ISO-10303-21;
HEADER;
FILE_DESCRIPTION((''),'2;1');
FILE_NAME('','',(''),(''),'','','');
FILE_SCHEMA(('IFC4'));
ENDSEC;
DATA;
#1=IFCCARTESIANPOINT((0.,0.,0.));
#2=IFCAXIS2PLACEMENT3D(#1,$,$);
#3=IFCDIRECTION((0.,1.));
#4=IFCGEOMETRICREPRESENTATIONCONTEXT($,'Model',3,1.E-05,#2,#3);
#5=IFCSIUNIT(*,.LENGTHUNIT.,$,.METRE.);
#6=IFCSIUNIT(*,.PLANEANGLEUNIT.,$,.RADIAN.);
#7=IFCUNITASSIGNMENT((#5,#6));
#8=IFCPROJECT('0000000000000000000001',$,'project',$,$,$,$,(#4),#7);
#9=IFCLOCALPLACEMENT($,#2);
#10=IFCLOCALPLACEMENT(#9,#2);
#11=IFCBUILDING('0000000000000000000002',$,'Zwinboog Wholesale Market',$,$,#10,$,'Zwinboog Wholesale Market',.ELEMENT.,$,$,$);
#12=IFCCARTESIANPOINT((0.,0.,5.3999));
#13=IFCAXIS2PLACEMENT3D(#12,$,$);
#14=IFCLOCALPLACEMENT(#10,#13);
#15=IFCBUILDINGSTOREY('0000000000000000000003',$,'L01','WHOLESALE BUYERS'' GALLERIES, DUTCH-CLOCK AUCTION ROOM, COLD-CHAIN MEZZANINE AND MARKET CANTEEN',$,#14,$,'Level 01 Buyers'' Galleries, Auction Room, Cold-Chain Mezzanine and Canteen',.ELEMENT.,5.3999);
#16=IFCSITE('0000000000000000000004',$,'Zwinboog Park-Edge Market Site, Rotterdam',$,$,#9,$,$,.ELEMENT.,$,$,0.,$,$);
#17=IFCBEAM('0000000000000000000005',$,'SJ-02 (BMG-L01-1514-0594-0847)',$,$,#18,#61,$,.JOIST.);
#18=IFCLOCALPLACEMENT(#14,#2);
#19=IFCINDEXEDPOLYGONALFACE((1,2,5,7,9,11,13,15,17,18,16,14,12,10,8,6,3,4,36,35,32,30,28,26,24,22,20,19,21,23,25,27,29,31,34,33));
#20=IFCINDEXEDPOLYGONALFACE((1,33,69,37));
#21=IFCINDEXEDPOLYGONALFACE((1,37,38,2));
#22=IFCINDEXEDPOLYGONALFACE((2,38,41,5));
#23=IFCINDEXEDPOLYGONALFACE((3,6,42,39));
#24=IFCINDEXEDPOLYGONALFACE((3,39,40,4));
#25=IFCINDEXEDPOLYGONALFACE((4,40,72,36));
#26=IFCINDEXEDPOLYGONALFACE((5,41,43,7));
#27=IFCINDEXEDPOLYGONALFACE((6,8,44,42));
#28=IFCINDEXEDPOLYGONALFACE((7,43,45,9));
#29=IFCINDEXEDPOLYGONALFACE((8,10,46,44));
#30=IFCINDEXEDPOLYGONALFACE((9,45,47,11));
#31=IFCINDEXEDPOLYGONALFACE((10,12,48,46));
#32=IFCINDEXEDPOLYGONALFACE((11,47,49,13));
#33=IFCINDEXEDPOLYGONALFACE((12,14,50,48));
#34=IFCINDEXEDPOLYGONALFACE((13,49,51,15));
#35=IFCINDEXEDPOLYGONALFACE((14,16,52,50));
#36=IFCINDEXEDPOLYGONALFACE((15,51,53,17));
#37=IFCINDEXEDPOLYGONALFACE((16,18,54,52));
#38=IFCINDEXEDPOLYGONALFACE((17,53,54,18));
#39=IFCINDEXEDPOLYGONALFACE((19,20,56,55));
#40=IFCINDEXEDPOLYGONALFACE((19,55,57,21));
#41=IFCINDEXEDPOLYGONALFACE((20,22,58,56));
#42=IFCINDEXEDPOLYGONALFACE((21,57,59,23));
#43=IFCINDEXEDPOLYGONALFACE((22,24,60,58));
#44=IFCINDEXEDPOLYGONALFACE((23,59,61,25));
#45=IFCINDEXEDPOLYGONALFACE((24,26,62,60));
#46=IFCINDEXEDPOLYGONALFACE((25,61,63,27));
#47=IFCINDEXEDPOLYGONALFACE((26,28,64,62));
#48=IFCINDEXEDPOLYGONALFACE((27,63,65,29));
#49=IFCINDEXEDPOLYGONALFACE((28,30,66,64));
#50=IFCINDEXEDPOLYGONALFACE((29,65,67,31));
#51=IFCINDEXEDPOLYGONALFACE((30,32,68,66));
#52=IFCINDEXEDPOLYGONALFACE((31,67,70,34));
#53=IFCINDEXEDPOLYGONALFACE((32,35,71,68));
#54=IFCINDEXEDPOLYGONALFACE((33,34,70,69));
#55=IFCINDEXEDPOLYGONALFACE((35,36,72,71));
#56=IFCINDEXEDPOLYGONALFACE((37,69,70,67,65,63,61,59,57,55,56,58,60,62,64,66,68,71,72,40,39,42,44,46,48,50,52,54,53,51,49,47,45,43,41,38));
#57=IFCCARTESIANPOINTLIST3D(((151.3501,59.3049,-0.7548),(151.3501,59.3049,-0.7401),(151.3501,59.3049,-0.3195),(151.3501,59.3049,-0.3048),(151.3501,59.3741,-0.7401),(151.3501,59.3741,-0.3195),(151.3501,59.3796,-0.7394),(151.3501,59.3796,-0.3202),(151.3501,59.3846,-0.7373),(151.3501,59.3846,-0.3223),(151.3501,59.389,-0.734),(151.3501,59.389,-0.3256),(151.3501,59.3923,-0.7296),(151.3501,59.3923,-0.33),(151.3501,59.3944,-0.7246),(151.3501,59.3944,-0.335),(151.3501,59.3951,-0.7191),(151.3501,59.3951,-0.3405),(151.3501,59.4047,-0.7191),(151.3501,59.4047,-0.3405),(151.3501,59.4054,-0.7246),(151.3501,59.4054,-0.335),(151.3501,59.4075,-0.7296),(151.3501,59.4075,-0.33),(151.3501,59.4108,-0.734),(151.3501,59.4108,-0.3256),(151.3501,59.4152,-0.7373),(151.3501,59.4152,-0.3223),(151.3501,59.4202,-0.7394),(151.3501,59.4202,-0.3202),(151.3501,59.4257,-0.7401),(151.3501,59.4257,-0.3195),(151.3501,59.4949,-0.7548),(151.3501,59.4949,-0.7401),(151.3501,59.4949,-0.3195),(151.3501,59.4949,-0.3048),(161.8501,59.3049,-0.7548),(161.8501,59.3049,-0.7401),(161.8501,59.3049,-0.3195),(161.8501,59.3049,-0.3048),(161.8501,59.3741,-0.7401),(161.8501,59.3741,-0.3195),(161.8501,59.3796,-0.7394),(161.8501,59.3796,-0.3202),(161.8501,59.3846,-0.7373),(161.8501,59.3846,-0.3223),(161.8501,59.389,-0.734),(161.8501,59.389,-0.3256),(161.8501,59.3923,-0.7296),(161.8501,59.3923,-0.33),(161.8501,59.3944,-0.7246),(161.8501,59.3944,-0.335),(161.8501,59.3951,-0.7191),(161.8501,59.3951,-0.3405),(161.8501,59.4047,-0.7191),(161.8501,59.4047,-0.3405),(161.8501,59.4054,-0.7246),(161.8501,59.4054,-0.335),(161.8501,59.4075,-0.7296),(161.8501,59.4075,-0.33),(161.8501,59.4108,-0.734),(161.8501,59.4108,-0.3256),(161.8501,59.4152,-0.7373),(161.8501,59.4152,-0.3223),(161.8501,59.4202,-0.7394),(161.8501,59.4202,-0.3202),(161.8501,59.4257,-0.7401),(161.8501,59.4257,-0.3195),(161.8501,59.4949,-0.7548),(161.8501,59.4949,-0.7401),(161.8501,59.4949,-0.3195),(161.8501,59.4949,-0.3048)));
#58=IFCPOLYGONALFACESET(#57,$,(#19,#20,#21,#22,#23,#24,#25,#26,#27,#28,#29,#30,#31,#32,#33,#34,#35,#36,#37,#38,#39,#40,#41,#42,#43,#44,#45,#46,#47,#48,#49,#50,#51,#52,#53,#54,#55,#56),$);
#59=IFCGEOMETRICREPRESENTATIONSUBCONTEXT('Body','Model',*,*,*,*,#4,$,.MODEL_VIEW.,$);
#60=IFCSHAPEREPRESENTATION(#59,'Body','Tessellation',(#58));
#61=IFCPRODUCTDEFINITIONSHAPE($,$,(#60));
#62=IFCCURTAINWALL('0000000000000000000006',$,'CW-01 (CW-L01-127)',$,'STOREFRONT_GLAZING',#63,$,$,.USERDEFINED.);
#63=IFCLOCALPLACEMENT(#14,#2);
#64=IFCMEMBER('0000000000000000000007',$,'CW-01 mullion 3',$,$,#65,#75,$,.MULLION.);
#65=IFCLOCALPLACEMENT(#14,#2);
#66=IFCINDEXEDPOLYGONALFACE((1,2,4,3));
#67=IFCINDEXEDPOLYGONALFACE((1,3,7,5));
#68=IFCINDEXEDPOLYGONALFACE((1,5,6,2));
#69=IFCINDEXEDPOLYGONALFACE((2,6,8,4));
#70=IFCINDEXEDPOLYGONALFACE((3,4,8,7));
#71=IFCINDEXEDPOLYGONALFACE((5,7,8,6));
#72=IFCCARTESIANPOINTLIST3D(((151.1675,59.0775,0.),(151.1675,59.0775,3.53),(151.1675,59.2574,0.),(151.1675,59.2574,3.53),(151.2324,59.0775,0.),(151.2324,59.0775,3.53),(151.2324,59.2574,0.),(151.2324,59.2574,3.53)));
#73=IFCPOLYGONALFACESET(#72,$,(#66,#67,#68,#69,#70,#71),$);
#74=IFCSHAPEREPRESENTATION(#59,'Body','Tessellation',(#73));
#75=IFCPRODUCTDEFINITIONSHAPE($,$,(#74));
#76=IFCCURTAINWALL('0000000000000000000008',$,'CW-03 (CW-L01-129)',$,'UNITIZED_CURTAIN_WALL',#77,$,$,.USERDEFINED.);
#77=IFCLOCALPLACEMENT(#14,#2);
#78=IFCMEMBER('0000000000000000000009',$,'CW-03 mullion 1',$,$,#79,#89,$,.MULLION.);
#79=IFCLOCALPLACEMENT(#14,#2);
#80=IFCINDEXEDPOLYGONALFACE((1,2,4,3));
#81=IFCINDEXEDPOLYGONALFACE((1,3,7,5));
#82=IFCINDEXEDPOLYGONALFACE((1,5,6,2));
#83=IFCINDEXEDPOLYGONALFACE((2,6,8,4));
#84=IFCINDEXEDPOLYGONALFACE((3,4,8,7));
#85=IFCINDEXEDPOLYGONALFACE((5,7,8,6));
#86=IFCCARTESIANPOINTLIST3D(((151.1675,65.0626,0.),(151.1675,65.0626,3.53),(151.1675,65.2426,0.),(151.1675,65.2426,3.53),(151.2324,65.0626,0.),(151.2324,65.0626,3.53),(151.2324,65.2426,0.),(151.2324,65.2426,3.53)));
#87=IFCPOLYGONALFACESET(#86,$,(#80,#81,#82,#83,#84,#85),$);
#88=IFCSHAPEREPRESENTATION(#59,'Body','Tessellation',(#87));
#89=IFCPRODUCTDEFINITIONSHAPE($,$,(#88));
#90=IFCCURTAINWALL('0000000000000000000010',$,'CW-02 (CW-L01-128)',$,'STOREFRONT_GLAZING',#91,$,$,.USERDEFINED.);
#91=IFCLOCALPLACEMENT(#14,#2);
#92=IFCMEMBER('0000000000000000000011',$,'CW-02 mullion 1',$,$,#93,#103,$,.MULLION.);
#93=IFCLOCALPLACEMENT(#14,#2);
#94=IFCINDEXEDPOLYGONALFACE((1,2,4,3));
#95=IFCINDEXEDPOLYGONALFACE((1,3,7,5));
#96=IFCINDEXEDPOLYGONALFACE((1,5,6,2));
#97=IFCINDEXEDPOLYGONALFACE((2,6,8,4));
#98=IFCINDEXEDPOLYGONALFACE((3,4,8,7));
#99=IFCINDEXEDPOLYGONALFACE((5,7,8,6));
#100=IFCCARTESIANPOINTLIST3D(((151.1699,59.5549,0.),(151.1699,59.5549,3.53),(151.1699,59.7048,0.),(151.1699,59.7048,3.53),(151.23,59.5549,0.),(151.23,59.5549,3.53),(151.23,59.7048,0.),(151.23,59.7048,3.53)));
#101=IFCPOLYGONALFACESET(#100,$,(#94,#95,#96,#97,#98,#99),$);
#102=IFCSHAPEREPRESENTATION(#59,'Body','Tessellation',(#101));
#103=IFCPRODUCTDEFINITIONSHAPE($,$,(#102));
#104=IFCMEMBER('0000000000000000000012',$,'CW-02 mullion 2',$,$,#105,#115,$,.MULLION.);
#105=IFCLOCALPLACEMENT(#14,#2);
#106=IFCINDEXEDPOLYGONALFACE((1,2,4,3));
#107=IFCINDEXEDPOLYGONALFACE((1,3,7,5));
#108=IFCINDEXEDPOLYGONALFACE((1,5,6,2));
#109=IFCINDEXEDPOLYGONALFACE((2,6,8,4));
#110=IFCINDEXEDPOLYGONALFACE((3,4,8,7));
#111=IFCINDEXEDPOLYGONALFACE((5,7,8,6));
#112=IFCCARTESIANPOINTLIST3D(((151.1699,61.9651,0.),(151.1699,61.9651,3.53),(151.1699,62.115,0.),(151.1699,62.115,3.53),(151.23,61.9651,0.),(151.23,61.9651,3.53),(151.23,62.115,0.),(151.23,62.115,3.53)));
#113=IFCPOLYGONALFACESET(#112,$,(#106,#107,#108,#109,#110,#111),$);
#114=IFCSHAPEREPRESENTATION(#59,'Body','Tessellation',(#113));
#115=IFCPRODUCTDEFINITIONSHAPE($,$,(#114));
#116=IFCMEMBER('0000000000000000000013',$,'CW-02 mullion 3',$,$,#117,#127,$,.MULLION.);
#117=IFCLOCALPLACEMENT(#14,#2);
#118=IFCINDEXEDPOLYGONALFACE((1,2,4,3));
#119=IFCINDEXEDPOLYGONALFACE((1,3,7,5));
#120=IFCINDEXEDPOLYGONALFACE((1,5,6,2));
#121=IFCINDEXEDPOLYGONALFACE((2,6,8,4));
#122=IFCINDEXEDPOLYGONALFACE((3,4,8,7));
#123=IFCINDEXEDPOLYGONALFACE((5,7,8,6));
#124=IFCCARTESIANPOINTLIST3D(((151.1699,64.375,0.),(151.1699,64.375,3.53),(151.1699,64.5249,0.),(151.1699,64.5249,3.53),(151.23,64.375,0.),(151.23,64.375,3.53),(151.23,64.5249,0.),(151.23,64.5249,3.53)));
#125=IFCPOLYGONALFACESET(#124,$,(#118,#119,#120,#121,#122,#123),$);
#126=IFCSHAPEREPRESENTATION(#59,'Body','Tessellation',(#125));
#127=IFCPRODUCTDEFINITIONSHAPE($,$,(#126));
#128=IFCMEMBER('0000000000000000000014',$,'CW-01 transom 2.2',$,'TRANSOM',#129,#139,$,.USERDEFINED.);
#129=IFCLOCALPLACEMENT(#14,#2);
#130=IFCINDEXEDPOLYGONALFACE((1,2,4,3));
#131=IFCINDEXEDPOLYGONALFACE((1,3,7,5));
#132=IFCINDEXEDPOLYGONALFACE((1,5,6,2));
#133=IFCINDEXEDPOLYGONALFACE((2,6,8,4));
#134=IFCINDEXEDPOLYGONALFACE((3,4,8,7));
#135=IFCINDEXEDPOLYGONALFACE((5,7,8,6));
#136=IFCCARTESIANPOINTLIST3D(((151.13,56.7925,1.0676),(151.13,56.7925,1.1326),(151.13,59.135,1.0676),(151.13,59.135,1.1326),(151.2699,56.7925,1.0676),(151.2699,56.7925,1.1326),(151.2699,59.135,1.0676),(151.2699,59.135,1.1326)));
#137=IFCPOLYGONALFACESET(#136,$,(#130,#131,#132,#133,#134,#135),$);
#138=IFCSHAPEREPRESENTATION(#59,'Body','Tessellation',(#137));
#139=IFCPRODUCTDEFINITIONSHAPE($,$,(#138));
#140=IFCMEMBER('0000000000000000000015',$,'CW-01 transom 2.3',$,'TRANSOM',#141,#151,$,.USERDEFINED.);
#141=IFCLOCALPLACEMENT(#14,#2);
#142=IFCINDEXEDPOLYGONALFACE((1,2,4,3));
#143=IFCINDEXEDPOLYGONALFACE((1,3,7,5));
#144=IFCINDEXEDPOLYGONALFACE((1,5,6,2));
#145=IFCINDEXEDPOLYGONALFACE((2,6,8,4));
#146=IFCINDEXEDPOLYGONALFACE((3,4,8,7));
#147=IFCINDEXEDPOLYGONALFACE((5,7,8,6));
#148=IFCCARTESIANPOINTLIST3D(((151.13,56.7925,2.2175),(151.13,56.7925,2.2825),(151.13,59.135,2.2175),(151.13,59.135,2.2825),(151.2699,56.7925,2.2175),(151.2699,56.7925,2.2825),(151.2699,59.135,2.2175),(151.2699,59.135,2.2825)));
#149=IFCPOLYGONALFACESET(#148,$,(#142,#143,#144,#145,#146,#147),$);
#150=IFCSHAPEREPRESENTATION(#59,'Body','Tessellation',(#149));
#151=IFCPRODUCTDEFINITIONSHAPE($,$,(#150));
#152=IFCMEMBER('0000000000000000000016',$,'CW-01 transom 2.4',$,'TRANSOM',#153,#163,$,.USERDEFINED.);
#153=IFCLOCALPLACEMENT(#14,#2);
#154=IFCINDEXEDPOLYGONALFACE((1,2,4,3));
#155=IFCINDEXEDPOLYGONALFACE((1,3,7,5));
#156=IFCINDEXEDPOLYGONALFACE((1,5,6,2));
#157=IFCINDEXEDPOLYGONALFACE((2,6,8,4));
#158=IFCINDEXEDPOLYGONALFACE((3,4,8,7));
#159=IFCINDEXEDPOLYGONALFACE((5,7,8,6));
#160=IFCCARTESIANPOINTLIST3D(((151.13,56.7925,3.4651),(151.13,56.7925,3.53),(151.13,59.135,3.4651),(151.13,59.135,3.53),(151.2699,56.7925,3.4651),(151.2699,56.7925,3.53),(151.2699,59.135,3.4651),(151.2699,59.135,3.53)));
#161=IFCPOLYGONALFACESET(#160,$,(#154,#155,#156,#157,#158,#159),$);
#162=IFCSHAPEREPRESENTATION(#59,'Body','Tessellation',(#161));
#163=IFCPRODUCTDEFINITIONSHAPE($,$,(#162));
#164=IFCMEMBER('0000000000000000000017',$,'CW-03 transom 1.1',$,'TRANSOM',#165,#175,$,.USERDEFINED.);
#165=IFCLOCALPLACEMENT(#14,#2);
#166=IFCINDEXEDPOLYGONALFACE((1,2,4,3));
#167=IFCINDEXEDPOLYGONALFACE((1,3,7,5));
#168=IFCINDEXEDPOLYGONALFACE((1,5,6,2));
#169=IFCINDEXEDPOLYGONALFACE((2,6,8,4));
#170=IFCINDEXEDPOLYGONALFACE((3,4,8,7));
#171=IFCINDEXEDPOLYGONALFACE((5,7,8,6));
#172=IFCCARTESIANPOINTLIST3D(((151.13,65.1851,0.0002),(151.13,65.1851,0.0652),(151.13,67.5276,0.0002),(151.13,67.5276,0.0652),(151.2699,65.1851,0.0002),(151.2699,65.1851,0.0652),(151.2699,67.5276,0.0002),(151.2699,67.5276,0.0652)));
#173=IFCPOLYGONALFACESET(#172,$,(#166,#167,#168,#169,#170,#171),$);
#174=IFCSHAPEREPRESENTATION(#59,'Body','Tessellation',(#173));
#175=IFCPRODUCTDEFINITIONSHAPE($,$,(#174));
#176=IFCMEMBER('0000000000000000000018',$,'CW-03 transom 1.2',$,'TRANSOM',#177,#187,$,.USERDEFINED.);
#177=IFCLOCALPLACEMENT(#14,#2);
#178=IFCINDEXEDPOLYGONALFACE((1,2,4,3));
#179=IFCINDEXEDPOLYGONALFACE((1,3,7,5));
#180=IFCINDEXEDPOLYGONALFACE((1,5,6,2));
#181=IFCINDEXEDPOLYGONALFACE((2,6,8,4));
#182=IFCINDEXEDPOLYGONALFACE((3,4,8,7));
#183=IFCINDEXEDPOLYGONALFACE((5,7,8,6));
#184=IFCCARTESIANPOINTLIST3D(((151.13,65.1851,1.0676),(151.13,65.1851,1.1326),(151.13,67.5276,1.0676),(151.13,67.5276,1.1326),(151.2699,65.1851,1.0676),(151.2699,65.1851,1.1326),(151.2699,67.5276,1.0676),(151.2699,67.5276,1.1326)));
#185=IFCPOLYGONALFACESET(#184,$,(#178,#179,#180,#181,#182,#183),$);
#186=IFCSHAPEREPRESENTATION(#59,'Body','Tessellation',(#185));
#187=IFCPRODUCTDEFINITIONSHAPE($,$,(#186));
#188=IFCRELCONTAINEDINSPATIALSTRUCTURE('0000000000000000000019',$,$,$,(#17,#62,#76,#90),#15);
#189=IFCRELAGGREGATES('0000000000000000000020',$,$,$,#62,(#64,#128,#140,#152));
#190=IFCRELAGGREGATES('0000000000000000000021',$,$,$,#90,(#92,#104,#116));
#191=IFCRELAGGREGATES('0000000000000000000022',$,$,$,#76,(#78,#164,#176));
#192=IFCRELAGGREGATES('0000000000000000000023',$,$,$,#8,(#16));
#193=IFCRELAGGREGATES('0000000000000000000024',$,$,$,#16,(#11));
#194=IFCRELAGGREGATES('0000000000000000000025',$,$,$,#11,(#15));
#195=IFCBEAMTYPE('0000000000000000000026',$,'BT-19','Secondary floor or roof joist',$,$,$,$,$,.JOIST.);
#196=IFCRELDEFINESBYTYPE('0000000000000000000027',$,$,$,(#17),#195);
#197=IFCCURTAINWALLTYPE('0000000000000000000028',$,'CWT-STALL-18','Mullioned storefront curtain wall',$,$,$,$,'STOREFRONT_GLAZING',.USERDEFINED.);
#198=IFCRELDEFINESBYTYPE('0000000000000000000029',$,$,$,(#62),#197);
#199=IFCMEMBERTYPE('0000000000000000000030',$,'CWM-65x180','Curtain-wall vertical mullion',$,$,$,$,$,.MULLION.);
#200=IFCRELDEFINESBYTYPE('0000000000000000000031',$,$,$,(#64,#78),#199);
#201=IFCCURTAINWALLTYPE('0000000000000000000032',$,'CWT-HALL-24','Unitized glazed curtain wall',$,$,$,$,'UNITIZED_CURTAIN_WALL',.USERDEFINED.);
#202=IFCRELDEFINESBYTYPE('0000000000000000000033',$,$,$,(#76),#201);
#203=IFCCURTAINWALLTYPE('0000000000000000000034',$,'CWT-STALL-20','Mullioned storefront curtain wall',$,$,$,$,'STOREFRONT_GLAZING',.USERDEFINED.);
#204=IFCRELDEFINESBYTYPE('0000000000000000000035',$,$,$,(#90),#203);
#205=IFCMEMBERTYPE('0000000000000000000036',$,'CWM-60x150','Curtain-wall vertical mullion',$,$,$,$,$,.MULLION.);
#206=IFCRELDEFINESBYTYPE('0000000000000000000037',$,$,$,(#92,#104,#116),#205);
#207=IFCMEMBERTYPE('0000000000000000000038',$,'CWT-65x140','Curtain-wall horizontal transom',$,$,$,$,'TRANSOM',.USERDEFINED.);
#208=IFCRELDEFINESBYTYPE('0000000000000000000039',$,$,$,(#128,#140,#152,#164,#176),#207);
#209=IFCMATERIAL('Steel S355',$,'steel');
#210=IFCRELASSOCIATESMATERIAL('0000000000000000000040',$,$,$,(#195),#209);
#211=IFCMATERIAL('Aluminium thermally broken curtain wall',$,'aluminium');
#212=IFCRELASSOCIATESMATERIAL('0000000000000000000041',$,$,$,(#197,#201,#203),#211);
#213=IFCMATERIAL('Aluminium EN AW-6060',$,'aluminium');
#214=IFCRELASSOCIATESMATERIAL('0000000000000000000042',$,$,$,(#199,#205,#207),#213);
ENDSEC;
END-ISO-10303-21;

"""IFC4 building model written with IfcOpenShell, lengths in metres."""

from ifc_helpers import new_model, si_unit, direction, frame, origin, origin_2d, place, context, subcontext, project, spatial, rectangle, i_section, extrude, material, material_profile, profile_set, type_object, element, aggregate, save


model = new_model("IFC4")

# Units and contexts
model_context = context("Model", 3, precision=1e-05, world=origin(), true_north=direction((0.0, 1.0)))
body_context = subcontext(model_context, "Body", "Model", "MODEL_VIEW")
ifc_project = project(units=[si_unit("LENGTHUNIT", "METRE"), si_unit("PLANEANGLEUNIT", "RADIAN")], contexts=[model_context])

# Site, building, storey
site_placement = place(None, origin())
site = spatial("IfcSite", under=ifc_project, at=site_placement, Name="Zwinboog Park-Edge Market Site, Rotterdam", CompositionType="ELEMENT", RefElevation=0.0)
building_placement = place(site_placement, origin())
building = spatial("IfcBuilding", under=site, at=building_placement, Name="Zwinboog Wholesale Market", LongName="Zwinboog Wholesale Market", CompositionType="ELEMENT")
storey_placement = place(building_placement, frame((0.0, 0.0, 5.3999)))
storey = spatial("IfcBuildingStorey", under=building, at=storey_placement, Name="L01", Description="WHOLESALE BUYERS' GALLERIES, DUTCH-CLOCK AUCTION ROOM, COLD-CHAIN MEZZANINE AND MARKET CANTEEN", LongName="Level 01 Buyers' Galleries, Auction Room, Cold-Chain Mezzanine and Canteen", CompositionType="ELEMENT", Elevation=5.3999)

# Beam
ifc_material_1 = material(Name="Steel S355", Category="steel")
ifc_material_profile_1 = material_profile(ifc_material_1, i_section(OverallWidth=0.1899, OverallDepth=0.45, WebThickness=0.0095, FlangeThickness=0.0146, FilletRadius=0.021, at=origin_2d()), Name="IPE 450")
ifc_profile_set_1 = profile_set([ifc_material_profile_1], Name="Steel S355")
beam_type_1 = type_object("IfcBeamType", Name="BT-19", Description="Secondary floor or roof joist", PredefinedType="JOIST", material=ifc_profile_set_1)
beam_1_placement = place(storey_placement, frame((151.3501, 59.3999, -0.5298), z_axis=(1.0, 0.0, 0.0), x_axis=(0.0, 1.0, 0.0)))
element("IfcBeam", 1, at=beam_1_placement, inside=storey, type_object=beam_type_1, Name="SJ-02 (BMG-L01-1514-0594-0847)", PredefinedType="JOIST", context=body_context, shape_type="SweptSolid", body=[
    extrude(i_section(OverallWidth=0.1899, OverallDepth=0.45, WebThickness=0.0095, FlangeThickness=0.0146, FilletRadius=0.021, at=origin_2d()), origin(), (0.0, 0.0, 1.0), 10.5),
])

# Curtain walls, members
ifc_material_2 = material(Name="Aluminium thermally broken curtain wall", Category="aluminium")
curtain_wall_type_1 = type_object("IfcCurtainWallType", Name="CWT-STALL-18", Description="Mullioned storefront curtain wall", ElementType="STOREFRONT_GLAZING", PredefinedType="USERDEFINED", material=ifc_material_2)
curtain_wall_1_placement = place(storey_placement, origin())
curtain_wall_1 = element("IfcCurtainWall", 2, at=curtain_wall_1_placement, inside=storey, type_object=curtain_wall_type_1, Name="CW-01 (CW-L01-127)", ObjectType="STOREFRONT_GLAZING", PredefinedType="USERDEFINED")
ifc_material_3 = material(Name="Aluminium EN AW-6060", Category="aluminium")
ifc_material_profile_2 = material_profile(ifc_material_3, rectangle(XDim=0.0649, YDim=0.1799, at=origin_2d()), Name="AL 65x180")
ifc_profile_set_2 = profile_set([ifc_material_profile_2], Name="Aluminium EN AW-6060")
member_type_1 = type_object("IfcMemberType", Name="CWM-65x180", Description="Curtain-wall vertical mullion", PredefinedType="MULLION", material=ifc_profile_set_2)
member_1_placement = place(storey_placement, frame((151.2, 59.1675, 0.0), z_axis=(0.0, 0.0, 1.0), x_axis=(-1.0, 0.0, 0.0)))
member_1 = element("IfcMember", 3, at=member_1_placement, type_object=member_type_1, Name="CW-01 mullion 3", PredefinedType="MULLION", context=body_context, shape_type="SweptSolid", body=[
    extrude(rectangle(XDim=0.0649, YDim=0.1799, at=origin_2d()), origin(), (0.0, 0.0, 1.0), 3.53),
])
curtain_wall_type_2 = type_object("IfcCurtainWallType", Name="CWT-HALL-24", Description="Unitized glazed curtain wall", ElementType="UNITIZED_CURTAIN_WALL", PredefinedType="USERDEFINED", material=ifc_material_2)
curtain_wall_2_placement = place(storey_placement, origin())
curtain_wall_2 = element("IfcCurtainWall", 4, at=curtain_wall_2_placement, inside=storey, type_object=curtain_wall_type_2, Name="CW-03 (CW-L01-129)", ObjectType="UNITIZED_CURTAIN_WALL", PredefinedType="USERDEFINED")
member_2_placement = place(storey_placement, frame((151.2, 65.1526, 0.0), z_axis=(0.0, 0.0, 1.0), x_axis=(-1.0, 0.0, 0.0)))
member_2 = element("IfcMember", 5, at=member_2_placement, type_object=member_type_1, Name="CW-03 mullion 1", PredefinedType="MULLION", context=body_context, shape_type="SweptSolid", body=[
    extrude(rectangle(XDim=0.0649, YDim=0.1799, at=origin_2d()), origin(), (0.0, 0.0, 1.0), 3.53),
])

# Curtain wall, members
curtain_wall_type_3 = type_object("IfcCurtainWallType", Name="CWT-STALL-20", Description="Mullioned storefront curtain wall", ElementType="STOREFRONT_GLAZING", PredefinedType="USERDEFINED", material=ifc_material_2)
curtain_wall_3_placement = place(storey_placement, origin())
curtain_wall_3 = element("IfcCurtainWall", 6, at=curtain_wall_3_placement, inside=storey, type_object=curtain_wall_type_3, Name="CW-02 (CW-L01-128)", ObjectType="STOREFRONT_GLAZING", PredefinedType="USERDEFINED")
ifc_material_profile_3 = material_profile(ifc_material_3, rectangle(XDim=0.0601, YDim=0.1499, at=origin_2d()), Name="AL 60x150")
ifc_profile_set_3 = profile_set([ifc_material_profile_3], Name="Aluminium EN AW-6060")
member_type_2 = type_object("IfcMemberType", Name="CWM-60x150", Description="Curtain-wall vertical mullion", PredefinedType="MULLION", material=ifc_profile_set_3)
member_3_placement = place(storey_placement, frame((151.2, 59.6299, 0.0), z_axis=(0.0, 0.0, 1.0), x_axis=(-1.0, 0.0, 0.0)))
member_3 = element("IfcMember", 7, at=member_3_placement, type_object=member_type_2, Name="CW-02 mullion 1", PredefinedType="MULLION", context=body_context, shape_type="SweptSolid", body=[
    extrude(rectangle(XDim=0.0601, YDim=0.1499, at=origin_2d()), origin(), (0.0, 0.0, 1.0), 3.53),
])
member_4_placement = place(storey_placement, frame((151.2, 62.04, 0.0), z_axis=(0.0, 0.0, 1.0), x_axis=(-1.0, 0.0, 0.0)))
member_4 = element("IfcMember", 8, at=member_4_placement, type_object=member_type_2, Name="CW-02 mullion 2", PredefinedType="MULLION", context=body_context, shape_type="SweptSolid", body=[
    extrude(rectangle(XDim=0.0601, YDim=0.1499, at=origin_2d()), origin(), (0.0, 0.0, 1.0), 3.53),
])
member_5_placement = place(storey_placement, frame((151.2, 64.45, 0.0), z_axis=(0.0, 0.0, 1.0), x_axis=(-1.0, 0.0, 0.0)))
member_5 = element("IfcMember", 9, at=member_5_placement, type_object=member_type_2, Name="CW-02 mullion 3", PredefinedType="MULLION", context=body_context, shape_type="SweptSolid", body=[
    extrude(rectangle(XDim=0.0601, YDim=0.1499, at=origin_2d()), origin(), (0.0, 0.0, 1.0), 3.53),
])

# Members
ifc_material_profile_4 = material_profile(ifc_material_3, rectangle(XDim=0.1399, YDim=0.0649, at=origin_2d()), Name="AL 65x140")
ifc_profile_set_4 = profile_set([ifc_material_profile_4], Name="Aluminium EN AW-6060")
member_type_3 = type_object("IfcMemberType", Name="CWT-65x140", Description="Curtain-wall horizontal transom", ElementType="TRANSOM", PredefinedType="USERDEFINED", material=ifc_profile_set_4)
member_6_placement = place(storey_placement, frame((151.2, 56.7925, 1.1001), z_axis=(0.0, 1.0, 0.0), x_axis=(-1.0, 0.0, 0.0)))
member_6 = element("IfcMember", 10, at=member_6_placement, type_object=member_type_3, Name="CW-01 transom 2.2", ObjectType="TRANSOM", PredefinedType="USERDEFINED", context=body_context, shape_type="SweptSolid", body=[
    extrude(rectangle(XDim=0.1399, YDim=0.0649, at=origin_2d()), origin(), (0.0, 0.0, 1.0), 2.3425),
])
member_7_placement = place(storey_placement, frame((151.2, 56.7925, 2.25), z_axis=(0.0, 1.0, 0.0), x_axis=(-1.0, 0.0, 0.0)))
member_7 = element("IfcMember", 11, at=member_7_placement, type_object=member_type_3, Name="CW-01 transom 2.3", ObjectType="TRANSOM", PredefinedType="USERDEFINED", context=body_context, shape_type="SweptSolid", body=[
    extrude(rectangle(XDim=0.1399, YDim=0.0649, at=origin_2d()), origin(), (0.0, 0.0, 1.0), 2.3425),
])
member_8_placement = place(storey_placement, frame((151.2, 56.7925, 3.4976), z_axis=(0.0, 1.0, 0.0), x_axis=(-1.0, 0.0, 0.0)))
member_8 = element("IfcMember", 12, at=member_8_placement, type_object=member_type_3, Name="CW-01 transom 2.4", ObjectType="TRANSOM", PredefinedType="USERDEFINED", context=body_context, shape_type="SweptSolid", body=[
    extrude(rectangle(XDim=0.1399, YDim=0.0649, at=origin_2d()), origin(), (0.0, 0.0, 1.0), 2.3425),
])
member_9_placement = place(storey_placement, frame((151.2, 65.1851, 0.0327), z_axis=(0.0, 1.0, 0.0), x_axis=(-1.0, 0.0, 0.0)))
member_9 = element("IfcMember", 13, at=member_9_placement, type_object=member_type_3, Name="CW-03 transom 1.1", ObjectType="TRANSOM", PredefinedType="USERDEFINED", context=body_context, shape_type="SweptSolid", body=[
    extrude(rectangle(XDim=0.1399, YDim=0.0649, at=origin_2d()), origin(), (0.0, 0.0, 1.0), 2.3425),
])
member_10_placement = place(storey_placement, frame((151.2, 65.1851, 1.1001), z_axis=(0.0, 1.0, 0.0), x_axis=(-1.0, 0.0, 0.0)))
member_10 = element("IfcMember", 14, at=member_10_placement, type_object=member_type_3, Name="CW-03 transom 1.2", ObjectType="TRANSOM", PredefinedType="USERDEFINED", context=body_context, shape_type="SweptSolid", body=[
    extrude(rectangle(XDim=0.1399, YDim=0.0649, at=origin_2d()), origin(), (0.0, 0.0, 1.0), 2.3425),
])

aggregate(curtain_wall_1, [member_1, member_6, member_7, member_8])
aggregate(curtain_wall_3, [member_3, member_4, member_5])
aggregate(curtain_wall_2, [member_2, member_9, member_10])

save(model, "model.ifc")
